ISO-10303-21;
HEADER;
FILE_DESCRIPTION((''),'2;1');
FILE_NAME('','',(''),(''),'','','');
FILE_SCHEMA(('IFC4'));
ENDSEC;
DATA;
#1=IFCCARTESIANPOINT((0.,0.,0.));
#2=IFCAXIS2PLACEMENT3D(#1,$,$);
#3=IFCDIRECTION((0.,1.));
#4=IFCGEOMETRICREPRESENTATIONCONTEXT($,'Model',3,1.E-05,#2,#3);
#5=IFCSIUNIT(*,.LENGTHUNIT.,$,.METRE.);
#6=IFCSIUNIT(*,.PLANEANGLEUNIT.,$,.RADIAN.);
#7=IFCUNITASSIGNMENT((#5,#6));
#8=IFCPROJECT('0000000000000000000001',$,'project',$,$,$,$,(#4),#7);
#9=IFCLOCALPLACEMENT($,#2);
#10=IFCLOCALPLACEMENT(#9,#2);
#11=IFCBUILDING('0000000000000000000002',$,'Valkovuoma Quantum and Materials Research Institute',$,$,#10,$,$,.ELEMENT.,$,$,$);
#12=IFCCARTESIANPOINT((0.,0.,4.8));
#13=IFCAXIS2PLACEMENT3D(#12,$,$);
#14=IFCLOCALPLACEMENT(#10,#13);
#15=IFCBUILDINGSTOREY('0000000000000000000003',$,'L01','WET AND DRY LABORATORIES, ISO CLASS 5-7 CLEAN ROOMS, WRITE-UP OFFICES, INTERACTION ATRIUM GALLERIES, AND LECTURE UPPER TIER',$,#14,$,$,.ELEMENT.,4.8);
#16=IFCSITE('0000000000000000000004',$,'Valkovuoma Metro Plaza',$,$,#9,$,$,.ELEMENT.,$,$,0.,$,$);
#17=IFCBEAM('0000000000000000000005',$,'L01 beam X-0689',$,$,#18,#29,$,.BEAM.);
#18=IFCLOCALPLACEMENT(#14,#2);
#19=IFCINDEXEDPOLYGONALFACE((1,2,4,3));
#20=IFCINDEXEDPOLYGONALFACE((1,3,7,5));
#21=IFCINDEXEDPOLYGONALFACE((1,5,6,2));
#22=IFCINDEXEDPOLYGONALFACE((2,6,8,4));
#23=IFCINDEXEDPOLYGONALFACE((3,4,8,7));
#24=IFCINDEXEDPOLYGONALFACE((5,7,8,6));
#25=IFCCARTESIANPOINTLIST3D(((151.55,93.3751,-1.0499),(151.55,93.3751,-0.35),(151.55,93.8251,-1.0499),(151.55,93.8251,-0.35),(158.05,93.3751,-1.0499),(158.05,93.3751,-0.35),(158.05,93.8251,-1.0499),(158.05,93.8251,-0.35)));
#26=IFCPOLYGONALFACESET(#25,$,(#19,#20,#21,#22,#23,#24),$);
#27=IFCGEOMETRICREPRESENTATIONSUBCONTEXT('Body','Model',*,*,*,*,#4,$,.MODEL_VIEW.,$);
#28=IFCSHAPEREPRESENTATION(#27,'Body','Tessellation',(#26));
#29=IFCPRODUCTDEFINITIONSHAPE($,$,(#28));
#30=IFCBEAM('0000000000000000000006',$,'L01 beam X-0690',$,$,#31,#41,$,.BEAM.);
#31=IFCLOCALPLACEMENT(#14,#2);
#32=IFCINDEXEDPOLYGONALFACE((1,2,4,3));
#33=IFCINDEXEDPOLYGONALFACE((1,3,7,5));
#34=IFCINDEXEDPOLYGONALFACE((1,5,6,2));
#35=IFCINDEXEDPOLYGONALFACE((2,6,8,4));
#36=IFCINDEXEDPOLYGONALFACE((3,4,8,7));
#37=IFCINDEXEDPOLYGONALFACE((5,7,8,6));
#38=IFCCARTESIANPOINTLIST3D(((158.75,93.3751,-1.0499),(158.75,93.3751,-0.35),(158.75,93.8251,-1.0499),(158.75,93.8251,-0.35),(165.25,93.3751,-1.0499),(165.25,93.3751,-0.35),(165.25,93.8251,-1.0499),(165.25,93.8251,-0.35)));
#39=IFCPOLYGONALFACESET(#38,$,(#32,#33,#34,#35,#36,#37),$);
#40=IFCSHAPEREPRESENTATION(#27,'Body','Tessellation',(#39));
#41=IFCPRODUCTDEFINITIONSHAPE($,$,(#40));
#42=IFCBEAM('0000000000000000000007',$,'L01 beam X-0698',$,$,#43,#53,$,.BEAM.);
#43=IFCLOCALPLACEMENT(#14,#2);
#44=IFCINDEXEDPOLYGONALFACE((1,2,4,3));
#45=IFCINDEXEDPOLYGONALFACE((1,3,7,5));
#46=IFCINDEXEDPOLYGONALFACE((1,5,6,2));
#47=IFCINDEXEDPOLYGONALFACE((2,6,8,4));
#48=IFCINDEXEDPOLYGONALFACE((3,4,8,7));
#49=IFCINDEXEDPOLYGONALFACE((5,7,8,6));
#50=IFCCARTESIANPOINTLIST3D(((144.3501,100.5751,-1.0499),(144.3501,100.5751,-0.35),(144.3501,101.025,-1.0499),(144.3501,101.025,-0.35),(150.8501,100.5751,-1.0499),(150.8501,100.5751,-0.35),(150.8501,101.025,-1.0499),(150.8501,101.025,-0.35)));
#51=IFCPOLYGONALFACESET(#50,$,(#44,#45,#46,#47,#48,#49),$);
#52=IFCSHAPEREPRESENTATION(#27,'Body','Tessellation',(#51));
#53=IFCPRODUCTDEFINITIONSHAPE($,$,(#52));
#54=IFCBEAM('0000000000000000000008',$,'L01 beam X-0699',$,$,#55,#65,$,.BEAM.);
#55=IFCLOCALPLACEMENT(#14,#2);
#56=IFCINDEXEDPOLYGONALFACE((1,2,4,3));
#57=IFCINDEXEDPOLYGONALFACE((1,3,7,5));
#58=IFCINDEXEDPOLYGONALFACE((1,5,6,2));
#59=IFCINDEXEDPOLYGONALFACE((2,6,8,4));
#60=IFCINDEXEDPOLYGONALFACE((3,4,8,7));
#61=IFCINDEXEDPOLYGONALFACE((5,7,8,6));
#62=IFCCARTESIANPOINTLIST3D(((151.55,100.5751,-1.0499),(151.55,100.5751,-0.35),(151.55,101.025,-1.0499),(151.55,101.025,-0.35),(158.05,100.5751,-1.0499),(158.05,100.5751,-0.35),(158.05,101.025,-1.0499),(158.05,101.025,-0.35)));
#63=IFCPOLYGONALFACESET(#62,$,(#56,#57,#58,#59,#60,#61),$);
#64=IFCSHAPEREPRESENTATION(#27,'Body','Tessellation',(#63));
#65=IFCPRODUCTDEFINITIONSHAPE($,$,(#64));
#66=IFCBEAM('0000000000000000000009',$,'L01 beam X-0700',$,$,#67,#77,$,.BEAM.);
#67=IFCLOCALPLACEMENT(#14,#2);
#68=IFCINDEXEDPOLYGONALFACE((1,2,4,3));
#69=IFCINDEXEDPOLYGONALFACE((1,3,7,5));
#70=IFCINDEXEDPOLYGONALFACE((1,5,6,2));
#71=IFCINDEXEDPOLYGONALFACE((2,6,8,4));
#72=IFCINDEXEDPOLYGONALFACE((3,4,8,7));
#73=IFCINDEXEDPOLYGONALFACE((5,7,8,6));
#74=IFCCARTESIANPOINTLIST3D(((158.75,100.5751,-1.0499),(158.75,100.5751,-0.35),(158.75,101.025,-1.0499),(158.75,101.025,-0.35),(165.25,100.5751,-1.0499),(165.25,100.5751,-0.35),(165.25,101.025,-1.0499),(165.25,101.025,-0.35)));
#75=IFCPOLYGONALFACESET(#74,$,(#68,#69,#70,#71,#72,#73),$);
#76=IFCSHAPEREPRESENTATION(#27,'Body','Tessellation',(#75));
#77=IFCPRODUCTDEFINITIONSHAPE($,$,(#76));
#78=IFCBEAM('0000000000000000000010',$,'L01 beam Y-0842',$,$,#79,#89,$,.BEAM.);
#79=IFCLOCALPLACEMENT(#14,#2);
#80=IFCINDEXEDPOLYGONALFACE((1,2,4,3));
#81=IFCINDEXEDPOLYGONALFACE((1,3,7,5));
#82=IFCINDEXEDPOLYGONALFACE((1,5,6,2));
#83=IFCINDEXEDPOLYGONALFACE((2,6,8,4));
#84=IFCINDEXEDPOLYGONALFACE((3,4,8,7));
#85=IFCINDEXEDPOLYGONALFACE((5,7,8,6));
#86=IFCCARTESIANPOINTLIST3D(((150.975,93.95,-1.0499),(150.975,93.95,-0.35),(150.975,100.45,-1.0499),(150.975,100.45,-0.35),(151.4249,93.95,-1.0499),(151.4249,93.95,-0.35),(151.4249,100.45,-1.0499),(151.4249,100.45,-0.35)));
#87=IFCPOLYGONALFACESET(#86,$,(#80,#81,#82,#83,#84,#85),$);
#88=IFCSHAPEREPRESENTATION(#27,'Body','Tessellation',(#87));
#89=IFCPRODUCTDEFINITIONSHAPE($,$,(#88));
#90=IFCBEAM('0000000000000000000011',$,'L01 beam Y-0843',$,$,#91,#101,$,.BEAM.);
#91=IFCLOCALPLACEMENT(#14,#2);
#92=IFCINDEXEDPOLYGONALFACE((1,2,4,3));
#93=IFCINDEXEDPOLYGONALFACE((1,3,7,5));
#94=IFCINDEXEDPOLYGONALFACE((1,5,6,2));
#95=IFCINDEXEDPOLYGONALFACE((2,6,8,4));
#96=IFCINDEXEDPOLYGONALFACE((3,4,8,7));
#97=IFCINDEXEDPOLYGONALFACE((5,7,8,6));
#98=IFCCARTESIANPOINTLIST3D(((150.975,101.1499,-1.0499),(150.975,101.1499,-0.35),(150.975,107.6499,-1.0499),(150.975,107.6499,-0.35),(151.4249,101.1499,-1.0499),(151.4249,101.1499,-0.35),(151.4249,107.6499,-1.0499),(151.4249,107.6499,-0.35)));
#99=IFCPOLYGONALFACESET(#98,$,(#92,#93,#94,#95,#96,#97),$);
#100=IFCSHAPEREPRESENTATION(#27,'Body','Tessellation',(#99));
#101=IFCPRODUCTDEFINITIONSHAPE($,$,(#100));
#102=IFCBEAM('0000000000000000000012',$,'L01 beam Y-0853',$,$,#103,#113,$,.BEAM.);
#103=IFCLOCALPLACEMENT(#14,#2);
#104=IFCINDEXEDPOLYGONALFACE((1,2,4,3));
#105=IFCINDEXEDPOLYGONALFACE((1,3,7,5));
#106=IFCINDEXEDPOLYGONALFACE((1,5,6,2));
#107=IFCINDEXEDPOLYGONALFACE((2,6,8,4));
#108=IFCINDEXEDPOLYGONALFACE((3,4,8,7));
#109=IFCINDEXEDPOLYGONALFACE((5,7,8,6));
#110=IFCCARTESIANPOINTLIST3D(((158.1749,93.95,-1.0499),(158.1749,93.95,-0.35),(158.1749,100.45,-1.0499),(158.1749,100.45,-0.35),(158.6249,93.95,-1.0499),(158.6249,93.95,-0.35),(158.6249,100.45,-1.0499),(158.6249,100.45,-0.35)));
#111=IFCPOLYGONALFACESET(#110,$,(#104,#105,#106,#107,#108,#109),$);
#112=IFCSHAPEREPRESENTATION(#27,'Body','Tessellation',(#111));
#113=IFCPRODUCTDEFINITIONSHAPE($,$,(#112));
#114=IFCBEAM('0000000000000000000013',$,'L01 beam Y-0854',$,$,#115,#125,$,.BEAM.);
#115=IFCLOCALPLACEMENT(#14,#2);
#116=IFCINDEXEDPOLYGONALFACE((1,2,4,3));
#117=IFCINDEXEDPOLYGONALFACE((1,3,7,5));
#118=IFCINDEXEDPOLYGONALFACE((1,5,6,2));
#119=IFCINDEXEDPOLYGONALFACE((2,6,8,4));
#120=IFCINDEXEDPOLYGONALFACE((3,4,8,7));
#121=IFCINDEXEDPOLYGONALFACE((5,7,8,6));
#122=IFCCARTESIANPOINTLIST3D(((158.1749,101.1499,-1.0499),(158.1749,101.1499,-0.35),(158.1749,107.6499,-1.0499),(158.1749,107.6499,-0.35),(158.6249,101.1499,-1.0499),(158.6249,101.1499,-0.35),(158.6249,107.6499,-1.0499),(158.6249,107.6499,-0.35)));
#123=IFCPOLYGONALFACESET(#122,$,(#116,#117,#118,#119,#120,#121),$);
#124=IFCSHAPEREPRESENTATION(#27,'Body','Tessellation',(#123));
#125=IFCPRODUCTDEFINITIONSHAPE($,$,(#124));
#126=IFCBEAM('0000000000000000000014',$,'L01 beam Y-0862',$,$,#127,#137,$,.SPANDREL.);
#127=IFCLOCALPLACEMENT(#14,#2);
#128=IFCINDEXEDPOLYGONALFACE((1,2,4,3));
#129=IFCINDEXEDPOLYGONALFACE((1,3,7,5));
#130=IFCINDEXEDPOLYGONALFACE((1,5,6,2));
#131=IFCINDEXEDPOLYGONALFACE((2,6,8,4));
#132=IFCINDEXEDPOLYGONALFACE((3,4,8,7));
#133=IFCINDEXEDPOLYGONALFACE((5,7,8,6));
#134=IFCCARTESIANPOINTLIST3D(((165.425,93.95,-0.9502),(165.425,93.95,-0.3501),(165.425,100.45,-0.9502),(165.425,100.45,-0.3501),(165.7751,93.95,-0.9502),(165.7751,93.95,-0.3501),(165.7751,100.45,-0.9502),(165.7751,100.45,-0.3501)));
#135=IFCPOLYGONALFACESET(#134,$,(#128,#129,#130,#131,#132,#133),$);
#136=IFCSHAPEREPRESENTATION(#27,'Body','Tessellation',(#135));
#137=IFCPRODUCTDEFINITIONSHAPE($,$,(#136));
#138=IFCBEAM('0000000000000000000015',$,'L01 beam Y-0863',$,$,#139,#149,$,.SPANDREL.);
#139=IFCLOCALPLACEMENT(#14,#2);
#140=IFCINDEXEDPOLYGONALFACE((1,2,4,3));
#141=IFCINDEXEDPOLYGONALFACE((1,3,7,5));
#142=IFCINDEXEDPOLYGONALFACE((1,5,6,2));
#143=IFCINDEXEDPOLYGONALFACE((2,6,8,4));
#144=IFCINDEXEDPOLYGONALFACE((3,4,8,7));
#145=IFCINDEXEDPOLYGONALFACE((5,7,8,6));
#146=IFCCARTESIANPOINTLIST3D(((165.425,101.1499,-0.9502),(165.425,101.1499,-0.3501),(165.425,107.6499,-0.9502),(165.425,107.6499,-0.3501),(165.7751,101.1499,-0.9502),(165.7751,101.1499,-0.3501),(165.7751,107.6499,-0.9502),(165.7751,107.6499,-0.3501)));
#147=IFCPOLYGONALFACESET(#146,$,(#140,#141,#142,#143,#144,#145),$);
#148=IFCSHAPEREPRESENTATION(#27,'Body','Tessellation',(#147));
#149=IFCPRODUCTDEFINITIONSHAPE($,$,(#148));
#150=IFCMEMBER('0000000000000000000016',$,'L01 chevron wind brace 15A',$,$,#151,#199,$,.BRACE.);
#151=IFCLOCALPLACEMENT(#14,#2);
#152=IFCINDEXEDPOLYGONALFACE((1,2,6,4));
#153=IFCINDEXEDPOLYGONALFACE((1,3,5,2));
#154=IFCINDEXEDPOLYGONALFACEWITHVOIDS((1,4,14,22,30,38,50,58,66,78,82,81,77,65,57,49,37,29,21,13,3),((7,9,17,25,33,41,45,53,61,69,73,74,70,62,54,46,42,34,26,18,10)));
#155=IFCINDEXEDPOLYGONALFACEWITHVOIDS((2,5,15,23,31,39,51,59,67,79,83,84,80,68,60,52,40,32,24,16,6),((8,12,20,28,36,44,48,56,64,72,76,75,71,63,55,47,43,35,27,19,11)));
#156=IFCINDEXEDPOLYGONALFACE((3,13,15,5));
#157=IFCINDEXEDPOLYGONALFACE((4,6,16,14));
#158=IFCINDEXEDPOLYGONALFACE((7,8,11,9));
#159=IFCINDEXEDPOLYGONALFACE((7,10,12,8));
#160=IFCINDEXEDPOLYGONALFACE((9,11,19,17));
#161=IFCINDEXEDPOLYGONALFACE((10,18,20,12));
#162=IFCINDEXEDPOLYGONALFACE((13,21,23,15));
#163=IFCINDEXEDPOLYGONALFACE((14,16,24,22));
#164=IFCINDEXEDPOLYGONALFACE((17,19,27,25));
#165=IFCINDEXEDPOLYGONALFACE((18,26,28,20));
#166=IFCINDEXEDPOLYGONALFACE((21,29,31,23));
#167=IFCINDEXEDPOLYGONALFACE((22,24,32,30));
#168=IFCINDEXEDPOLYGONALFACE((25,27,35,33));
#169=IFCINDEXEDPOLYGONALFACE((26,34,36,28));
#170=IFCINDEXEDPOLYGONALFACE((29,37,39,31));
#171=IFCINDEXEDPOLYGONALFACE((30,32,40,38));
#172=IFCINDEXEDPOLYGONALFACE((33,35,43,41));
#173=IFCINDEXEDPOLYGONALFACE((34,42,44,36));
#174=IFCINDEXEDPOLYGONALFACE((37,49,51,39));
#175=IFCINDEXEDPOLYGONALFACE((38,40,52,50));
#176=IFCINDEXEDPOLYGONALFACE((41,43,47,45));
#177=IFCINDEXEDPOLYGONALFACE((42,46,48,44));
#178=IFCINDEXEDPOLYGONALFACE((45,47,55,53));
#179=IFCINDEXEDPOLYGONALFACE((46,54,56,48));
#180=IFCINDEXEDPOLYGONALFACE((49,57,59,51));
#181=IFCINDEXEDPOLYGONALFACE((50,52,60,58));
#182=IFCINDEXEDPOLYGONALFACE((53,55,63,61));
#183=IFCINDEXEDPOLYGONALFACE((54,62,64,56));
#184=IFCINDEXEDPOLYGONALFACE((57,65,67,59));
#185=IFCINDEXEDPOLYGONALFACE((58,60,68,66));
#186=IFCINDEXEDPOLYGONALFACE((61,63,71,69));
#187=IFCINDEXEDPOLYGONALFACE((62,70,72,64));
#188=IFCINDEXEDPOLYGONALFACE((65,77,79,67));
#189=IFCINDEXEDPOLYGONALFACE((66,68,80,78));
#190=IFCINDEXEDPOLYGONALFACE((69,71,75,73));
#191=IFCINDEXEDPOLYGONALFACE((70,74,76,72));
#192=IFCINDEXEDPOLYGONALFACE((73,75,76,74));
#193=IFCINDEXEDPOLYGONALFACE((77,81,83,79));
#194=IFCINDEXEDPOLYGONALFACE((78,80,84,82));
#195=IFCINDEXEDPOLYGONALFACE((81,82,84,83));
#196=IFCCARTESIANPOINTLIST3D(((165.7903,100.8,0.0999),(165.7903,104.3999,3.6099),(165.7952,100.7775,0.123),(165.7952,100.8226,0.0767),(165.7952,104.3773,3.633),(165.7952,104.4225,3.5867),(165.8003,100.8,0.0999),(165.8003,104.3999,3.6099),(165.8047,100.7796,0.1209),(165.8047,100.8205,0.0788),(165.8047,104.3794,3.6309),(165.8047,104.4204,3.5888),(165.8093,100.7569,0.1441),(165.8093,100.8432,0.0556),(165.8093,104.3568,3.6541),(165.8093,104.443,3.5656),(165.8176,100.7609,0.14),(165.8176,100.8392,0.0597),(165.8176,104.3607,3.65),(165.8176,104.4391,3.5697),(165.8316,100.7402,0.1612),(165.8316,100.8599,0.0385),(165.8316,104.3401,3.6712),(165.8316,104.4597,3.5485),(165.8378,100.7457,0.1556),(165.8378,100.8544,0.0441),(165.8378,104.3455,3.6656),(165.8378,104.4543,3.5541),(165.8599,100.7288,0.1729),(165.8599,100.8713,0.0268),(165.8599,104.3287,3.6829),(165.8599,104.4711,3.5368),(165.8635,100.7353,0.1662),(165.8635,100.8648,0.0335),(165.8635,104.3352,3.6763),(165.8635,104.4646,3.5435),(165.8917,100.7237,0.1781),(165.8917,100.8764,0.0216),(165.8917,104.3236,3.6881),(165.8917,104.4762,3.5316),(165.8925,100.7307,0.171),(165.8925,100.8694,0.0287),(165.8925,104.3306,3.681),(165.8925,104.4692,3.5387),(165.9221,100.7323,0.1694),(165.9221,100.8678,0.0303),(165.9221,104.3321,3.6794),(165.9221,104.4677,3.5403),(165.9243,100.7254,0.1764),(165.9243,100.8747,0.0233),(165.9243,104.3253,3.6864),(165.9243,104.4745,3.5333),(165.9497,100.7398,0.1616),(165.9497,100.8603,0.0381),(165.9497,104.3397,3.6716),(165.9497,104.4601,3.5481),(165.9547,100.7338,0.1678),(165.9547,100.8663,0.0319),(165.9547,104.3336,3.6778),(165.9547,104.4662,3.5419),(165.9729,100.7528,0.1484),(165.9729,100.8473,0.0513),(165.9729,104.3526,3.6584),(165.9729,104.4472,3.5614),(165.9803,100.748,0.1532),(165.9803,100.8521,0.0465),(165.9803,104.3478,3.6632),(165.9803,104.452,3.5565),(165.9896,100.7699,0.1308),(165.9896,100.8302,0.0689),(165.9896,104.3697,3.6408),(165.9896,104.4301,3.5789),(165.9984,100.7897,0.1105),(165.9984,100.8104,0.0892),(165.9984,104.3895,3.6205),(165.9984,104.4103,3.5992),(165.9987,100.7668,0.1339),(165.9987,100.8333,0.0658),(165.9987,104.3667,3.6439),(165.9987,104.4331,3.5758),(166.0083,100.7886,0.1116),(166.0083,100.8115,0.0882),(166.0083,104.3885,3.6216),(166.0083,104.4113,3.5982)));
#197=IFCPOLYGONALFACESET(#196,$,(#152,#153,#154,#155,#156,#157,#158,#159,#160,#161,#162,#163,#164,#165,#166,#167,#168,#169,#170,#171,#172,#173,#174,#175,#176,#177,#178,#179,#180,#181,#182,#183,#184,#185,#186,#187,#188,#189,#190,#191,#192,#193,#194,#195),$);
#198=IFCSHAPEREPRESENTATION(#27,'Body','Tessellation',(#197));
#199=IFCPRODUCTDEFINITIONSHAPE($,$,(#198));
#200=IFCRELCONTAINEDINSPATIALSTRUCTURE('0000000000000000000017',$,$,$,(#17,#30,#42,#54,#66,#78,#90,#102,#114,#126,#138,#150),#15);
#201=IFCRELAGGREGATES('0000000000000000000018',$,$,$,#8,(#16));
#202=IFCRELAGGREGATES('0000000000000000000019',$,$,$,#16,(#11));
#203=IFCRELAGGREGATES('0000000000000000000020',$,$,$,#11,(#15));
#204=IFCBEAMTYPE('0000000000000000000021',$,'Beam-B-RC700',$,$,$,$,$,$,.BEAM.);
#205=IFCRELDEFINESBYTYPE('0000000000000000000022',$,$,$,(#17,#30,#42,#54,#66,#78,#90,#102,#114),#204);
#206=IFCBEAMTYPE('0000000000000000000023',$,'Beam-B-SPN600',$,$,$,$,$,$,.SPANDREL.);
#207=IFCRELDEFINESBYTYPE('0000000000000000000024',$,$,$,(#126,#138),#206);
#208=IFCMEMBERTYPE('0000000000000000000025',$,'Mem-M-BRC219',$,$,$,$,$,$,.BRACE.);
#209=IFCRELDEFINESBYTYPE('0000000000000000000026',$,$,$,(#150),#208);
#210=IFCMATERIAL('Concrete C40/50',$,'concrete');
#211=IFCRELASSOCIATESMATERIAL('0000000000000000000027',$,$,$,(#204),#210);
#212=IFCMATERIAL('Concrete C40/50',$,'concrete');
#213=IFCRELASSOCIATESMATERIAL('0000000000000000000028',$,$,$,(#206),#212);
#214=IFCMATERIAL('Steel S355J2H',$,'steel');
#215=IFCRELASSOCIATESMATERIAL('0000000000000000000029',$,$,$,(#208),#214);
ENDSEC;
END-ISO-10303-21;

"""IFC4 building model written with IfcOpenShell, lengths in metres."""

from ifc_helpers import new_model, si_unit, direction, frame, origin, origin_2d, place, context, subcontext, project, spatial, rectangle, hollow_circle, extrude, material, material_profile, profile_set, type_object, element, save


model = new_model("IFC4")

# Units and contexts
model_context = context("Model", 3, precision=1e-05, world=origin(), true_north=direction((0.0, 1.0)))
body_context = subcontext(model_context, "Body", "Model", "MODEL_VIEW")
ifc_project = project(units=[si_unit("LENGTHUNIT", "METRE"), si_unit("PLANEANGLEUNIT", "RADIAN")], contexts=[model_context])

# Site, building, storey
site_placement = place(None, origin())
site = spatial("IfcSite", under=ifc_project, at=site_placement, Name="Valkovuoma Metro Plaza", CompositionType="ELEMENT", RefElevation=0.0)
building_placement = place(site_placement, origin())
building = spatial("IfcBuilding", under=site, at=building_placement, Name="Valkovuoma Quantum and Materials Research Institute", CompositionType="ELEMENT")
storey_placement = place(building_placement, frame((0.0, 0.0, 4.8)))
storey = spatial("IfcBuildingStorey", under=building, at=storey_placement, Name="L01", Description="WET AND DRY LABORATORIES, ISO CLASS 5-7 CLEAN ROOMS, WRITE-UP OFFICES, INTERACTION ATRIUM GALLERIES, AND LECTURE UPPER TIER", CompositionType="ELEMENT", Elevation=4.8)

# Beams
ifc_material_1 = material(Name="Concrete C40/50", Category="concrete")
ifc_material_profile_1 = material_profile(ifc_material_1, rectangle(XDim=0.45, YDim=0.7, at=origin_2d()), Name="Concrete C40/50")
ifc_profile_set_1 = profile_set([ifc_material_profile_1], Name="Concrete C40/50")
beam_type_1 = type_object("IfcBeamType", Name="Beam-B-RC700", PredefinedType="BEAM", material=ifc_profile_set_1)
for number, where, z_axis, x_axis, name in (
    (1, (151.55, 93.6001, -0.7), (1.0, 0.0, 0.0), (0.0, 1.0, 0.0), "L01 beam X-0689"),
    (2, (158.75, 93.6001, -0.7), (1.0, 0.0, 0.0), (0.0, 1.0, 0.0), "L01 beam X-0690"),
    (3, (144.3501, 100.8, -0.7), (1.0, 0.0, 0.0), (0.0, 1.0, 0.0), "L01 beam X-0698"),
    (4, (151.55, 100.8, -0.7), (1.0, 0.0, 0.0), (0.0, 1.0, 0.0), "L01 beam X-0699"),
    (5, (158.75, 100.8, -0.7), (1.0, 0.0, 0.0), (0.0, 1.0, 0.0), "L01 beam X-0700"),
    (6, (151.2, 93.95, -0.7), (0.0, 1.0, 0.0), (-1.0, 0.0, 0.0), "L01 beam Y-0842"),
    (7, (151.2, 101.1499, -0.7), (0.0, 1.0, 0.0), (-1.0, 0.0, 0.0), "L01 beam Y-0843"),
    (8, (158.3999, 93.95, -0.7), (0.0, 1.0, 0.0), (-1.0, 0.0, 0.0), "L01 beam Y-0853"),
    (9, (158.3999, 101.1499, -0.7), (0.0, 1.0, 0.0), (-1.0, 0.0, 0.0), "L01 beam Y-0854"),
):
    element("IfcBeam", number, at=place(storey_placement, frame(where, z_axis=z_axis, x_axis=x_axis)), inside=storey, type_object=beam_type_1, Name=name, PredefinedType="BEAM", context=body_context, shape_type="SweptSolid", body=[
        extrude(rectangle(XDim=0.45, YDim=0.7, at=origin_2d()), origin(), (0.0, 0.0, 1.0), 6.5),
    ])
ifc_material_2 = material(Name="Concrete C40/50", Category="concrete")
ifc_material_profile_2 = material_profile(ifc_material_2, rectangle(XDim=0.3501, YDim=0.6001, at=origin_2d()), Name="Concrete C40/50")
ifc_profile_set_2 = profile_set([ifc_material_profile_2], Name="Concrete C40/50")
beam_type_2 = type_object("IfcBeamType", Name="Beam-B-SPN600", PredefinedType="SPANDREL", material=ifc_profile_set_2)
for number, where, z_axis, x_axis, name in (
    (10, (165.6001, 93.95, -0.6501), (0.0, 1.0, 0.0), (-1.0, 0.0, 0.0), "L01 beam Y-0862"),
    (11, (165.6001, 101.1499, -0.6501), (0.0, 1.0, 0.0), (-1.0, 0.0, 0.0), "L01 beam Y-0863"),
):
    element("IfcBeam", number, at=place(storey_placement, frame(where, z_axis=z_axis, x_axis=x_axis)), inside=storey, type_object=beam_type_2, Name=name, PredefinedType="SPANDREL", context=body_context, shape_type="SweptSolid", body=[
        extrude(rectangle(XDim=0.3501, YDim=0.6001, at=origin_2d()), origin(), (0.0, 0.0, 1.0), 6.5),
    ])

# Member
ifc_material_3 = material(Name="Steel S355J2H", Category="steel")
ifc_material_profile_3 = material_profile(ifc_material_3, hollow_circle(Radius=0.1096, WallThickness=0.01, at=origin_2d()), Name="Steel S355J2H")
ifc_profile_set_3 = profile_set([ifc_material_profile_3], Name="Steel S355J2H")
member_type = type_object("IfcMemberType", Name="Mem-M-BRC219", PredefinedType="BRACE", material=ifc_profile_set_3)
member_placement = place(storey_placement, frame((165.8999, 100.8, 0.0999), z_axis=(0.0, 0.715985, 0.698116), x_axis=(-1.0, 0.0, 0.0)))
element("IfcMember", 12, at=member_placement, inside=storey, type_object=member_type, Name="L01 chevron wind brace 15A", PredefinedType="BRACE", context=body_context, shape_type="SweptSolid", body=[
    extrude(hollow_circle(Radius=0.1096, WallThickness=0.01, at=origin_2d()), origin(), (0.0, 0.0, 1.0), 5.0278),
])

save(model, "model.ifc")
